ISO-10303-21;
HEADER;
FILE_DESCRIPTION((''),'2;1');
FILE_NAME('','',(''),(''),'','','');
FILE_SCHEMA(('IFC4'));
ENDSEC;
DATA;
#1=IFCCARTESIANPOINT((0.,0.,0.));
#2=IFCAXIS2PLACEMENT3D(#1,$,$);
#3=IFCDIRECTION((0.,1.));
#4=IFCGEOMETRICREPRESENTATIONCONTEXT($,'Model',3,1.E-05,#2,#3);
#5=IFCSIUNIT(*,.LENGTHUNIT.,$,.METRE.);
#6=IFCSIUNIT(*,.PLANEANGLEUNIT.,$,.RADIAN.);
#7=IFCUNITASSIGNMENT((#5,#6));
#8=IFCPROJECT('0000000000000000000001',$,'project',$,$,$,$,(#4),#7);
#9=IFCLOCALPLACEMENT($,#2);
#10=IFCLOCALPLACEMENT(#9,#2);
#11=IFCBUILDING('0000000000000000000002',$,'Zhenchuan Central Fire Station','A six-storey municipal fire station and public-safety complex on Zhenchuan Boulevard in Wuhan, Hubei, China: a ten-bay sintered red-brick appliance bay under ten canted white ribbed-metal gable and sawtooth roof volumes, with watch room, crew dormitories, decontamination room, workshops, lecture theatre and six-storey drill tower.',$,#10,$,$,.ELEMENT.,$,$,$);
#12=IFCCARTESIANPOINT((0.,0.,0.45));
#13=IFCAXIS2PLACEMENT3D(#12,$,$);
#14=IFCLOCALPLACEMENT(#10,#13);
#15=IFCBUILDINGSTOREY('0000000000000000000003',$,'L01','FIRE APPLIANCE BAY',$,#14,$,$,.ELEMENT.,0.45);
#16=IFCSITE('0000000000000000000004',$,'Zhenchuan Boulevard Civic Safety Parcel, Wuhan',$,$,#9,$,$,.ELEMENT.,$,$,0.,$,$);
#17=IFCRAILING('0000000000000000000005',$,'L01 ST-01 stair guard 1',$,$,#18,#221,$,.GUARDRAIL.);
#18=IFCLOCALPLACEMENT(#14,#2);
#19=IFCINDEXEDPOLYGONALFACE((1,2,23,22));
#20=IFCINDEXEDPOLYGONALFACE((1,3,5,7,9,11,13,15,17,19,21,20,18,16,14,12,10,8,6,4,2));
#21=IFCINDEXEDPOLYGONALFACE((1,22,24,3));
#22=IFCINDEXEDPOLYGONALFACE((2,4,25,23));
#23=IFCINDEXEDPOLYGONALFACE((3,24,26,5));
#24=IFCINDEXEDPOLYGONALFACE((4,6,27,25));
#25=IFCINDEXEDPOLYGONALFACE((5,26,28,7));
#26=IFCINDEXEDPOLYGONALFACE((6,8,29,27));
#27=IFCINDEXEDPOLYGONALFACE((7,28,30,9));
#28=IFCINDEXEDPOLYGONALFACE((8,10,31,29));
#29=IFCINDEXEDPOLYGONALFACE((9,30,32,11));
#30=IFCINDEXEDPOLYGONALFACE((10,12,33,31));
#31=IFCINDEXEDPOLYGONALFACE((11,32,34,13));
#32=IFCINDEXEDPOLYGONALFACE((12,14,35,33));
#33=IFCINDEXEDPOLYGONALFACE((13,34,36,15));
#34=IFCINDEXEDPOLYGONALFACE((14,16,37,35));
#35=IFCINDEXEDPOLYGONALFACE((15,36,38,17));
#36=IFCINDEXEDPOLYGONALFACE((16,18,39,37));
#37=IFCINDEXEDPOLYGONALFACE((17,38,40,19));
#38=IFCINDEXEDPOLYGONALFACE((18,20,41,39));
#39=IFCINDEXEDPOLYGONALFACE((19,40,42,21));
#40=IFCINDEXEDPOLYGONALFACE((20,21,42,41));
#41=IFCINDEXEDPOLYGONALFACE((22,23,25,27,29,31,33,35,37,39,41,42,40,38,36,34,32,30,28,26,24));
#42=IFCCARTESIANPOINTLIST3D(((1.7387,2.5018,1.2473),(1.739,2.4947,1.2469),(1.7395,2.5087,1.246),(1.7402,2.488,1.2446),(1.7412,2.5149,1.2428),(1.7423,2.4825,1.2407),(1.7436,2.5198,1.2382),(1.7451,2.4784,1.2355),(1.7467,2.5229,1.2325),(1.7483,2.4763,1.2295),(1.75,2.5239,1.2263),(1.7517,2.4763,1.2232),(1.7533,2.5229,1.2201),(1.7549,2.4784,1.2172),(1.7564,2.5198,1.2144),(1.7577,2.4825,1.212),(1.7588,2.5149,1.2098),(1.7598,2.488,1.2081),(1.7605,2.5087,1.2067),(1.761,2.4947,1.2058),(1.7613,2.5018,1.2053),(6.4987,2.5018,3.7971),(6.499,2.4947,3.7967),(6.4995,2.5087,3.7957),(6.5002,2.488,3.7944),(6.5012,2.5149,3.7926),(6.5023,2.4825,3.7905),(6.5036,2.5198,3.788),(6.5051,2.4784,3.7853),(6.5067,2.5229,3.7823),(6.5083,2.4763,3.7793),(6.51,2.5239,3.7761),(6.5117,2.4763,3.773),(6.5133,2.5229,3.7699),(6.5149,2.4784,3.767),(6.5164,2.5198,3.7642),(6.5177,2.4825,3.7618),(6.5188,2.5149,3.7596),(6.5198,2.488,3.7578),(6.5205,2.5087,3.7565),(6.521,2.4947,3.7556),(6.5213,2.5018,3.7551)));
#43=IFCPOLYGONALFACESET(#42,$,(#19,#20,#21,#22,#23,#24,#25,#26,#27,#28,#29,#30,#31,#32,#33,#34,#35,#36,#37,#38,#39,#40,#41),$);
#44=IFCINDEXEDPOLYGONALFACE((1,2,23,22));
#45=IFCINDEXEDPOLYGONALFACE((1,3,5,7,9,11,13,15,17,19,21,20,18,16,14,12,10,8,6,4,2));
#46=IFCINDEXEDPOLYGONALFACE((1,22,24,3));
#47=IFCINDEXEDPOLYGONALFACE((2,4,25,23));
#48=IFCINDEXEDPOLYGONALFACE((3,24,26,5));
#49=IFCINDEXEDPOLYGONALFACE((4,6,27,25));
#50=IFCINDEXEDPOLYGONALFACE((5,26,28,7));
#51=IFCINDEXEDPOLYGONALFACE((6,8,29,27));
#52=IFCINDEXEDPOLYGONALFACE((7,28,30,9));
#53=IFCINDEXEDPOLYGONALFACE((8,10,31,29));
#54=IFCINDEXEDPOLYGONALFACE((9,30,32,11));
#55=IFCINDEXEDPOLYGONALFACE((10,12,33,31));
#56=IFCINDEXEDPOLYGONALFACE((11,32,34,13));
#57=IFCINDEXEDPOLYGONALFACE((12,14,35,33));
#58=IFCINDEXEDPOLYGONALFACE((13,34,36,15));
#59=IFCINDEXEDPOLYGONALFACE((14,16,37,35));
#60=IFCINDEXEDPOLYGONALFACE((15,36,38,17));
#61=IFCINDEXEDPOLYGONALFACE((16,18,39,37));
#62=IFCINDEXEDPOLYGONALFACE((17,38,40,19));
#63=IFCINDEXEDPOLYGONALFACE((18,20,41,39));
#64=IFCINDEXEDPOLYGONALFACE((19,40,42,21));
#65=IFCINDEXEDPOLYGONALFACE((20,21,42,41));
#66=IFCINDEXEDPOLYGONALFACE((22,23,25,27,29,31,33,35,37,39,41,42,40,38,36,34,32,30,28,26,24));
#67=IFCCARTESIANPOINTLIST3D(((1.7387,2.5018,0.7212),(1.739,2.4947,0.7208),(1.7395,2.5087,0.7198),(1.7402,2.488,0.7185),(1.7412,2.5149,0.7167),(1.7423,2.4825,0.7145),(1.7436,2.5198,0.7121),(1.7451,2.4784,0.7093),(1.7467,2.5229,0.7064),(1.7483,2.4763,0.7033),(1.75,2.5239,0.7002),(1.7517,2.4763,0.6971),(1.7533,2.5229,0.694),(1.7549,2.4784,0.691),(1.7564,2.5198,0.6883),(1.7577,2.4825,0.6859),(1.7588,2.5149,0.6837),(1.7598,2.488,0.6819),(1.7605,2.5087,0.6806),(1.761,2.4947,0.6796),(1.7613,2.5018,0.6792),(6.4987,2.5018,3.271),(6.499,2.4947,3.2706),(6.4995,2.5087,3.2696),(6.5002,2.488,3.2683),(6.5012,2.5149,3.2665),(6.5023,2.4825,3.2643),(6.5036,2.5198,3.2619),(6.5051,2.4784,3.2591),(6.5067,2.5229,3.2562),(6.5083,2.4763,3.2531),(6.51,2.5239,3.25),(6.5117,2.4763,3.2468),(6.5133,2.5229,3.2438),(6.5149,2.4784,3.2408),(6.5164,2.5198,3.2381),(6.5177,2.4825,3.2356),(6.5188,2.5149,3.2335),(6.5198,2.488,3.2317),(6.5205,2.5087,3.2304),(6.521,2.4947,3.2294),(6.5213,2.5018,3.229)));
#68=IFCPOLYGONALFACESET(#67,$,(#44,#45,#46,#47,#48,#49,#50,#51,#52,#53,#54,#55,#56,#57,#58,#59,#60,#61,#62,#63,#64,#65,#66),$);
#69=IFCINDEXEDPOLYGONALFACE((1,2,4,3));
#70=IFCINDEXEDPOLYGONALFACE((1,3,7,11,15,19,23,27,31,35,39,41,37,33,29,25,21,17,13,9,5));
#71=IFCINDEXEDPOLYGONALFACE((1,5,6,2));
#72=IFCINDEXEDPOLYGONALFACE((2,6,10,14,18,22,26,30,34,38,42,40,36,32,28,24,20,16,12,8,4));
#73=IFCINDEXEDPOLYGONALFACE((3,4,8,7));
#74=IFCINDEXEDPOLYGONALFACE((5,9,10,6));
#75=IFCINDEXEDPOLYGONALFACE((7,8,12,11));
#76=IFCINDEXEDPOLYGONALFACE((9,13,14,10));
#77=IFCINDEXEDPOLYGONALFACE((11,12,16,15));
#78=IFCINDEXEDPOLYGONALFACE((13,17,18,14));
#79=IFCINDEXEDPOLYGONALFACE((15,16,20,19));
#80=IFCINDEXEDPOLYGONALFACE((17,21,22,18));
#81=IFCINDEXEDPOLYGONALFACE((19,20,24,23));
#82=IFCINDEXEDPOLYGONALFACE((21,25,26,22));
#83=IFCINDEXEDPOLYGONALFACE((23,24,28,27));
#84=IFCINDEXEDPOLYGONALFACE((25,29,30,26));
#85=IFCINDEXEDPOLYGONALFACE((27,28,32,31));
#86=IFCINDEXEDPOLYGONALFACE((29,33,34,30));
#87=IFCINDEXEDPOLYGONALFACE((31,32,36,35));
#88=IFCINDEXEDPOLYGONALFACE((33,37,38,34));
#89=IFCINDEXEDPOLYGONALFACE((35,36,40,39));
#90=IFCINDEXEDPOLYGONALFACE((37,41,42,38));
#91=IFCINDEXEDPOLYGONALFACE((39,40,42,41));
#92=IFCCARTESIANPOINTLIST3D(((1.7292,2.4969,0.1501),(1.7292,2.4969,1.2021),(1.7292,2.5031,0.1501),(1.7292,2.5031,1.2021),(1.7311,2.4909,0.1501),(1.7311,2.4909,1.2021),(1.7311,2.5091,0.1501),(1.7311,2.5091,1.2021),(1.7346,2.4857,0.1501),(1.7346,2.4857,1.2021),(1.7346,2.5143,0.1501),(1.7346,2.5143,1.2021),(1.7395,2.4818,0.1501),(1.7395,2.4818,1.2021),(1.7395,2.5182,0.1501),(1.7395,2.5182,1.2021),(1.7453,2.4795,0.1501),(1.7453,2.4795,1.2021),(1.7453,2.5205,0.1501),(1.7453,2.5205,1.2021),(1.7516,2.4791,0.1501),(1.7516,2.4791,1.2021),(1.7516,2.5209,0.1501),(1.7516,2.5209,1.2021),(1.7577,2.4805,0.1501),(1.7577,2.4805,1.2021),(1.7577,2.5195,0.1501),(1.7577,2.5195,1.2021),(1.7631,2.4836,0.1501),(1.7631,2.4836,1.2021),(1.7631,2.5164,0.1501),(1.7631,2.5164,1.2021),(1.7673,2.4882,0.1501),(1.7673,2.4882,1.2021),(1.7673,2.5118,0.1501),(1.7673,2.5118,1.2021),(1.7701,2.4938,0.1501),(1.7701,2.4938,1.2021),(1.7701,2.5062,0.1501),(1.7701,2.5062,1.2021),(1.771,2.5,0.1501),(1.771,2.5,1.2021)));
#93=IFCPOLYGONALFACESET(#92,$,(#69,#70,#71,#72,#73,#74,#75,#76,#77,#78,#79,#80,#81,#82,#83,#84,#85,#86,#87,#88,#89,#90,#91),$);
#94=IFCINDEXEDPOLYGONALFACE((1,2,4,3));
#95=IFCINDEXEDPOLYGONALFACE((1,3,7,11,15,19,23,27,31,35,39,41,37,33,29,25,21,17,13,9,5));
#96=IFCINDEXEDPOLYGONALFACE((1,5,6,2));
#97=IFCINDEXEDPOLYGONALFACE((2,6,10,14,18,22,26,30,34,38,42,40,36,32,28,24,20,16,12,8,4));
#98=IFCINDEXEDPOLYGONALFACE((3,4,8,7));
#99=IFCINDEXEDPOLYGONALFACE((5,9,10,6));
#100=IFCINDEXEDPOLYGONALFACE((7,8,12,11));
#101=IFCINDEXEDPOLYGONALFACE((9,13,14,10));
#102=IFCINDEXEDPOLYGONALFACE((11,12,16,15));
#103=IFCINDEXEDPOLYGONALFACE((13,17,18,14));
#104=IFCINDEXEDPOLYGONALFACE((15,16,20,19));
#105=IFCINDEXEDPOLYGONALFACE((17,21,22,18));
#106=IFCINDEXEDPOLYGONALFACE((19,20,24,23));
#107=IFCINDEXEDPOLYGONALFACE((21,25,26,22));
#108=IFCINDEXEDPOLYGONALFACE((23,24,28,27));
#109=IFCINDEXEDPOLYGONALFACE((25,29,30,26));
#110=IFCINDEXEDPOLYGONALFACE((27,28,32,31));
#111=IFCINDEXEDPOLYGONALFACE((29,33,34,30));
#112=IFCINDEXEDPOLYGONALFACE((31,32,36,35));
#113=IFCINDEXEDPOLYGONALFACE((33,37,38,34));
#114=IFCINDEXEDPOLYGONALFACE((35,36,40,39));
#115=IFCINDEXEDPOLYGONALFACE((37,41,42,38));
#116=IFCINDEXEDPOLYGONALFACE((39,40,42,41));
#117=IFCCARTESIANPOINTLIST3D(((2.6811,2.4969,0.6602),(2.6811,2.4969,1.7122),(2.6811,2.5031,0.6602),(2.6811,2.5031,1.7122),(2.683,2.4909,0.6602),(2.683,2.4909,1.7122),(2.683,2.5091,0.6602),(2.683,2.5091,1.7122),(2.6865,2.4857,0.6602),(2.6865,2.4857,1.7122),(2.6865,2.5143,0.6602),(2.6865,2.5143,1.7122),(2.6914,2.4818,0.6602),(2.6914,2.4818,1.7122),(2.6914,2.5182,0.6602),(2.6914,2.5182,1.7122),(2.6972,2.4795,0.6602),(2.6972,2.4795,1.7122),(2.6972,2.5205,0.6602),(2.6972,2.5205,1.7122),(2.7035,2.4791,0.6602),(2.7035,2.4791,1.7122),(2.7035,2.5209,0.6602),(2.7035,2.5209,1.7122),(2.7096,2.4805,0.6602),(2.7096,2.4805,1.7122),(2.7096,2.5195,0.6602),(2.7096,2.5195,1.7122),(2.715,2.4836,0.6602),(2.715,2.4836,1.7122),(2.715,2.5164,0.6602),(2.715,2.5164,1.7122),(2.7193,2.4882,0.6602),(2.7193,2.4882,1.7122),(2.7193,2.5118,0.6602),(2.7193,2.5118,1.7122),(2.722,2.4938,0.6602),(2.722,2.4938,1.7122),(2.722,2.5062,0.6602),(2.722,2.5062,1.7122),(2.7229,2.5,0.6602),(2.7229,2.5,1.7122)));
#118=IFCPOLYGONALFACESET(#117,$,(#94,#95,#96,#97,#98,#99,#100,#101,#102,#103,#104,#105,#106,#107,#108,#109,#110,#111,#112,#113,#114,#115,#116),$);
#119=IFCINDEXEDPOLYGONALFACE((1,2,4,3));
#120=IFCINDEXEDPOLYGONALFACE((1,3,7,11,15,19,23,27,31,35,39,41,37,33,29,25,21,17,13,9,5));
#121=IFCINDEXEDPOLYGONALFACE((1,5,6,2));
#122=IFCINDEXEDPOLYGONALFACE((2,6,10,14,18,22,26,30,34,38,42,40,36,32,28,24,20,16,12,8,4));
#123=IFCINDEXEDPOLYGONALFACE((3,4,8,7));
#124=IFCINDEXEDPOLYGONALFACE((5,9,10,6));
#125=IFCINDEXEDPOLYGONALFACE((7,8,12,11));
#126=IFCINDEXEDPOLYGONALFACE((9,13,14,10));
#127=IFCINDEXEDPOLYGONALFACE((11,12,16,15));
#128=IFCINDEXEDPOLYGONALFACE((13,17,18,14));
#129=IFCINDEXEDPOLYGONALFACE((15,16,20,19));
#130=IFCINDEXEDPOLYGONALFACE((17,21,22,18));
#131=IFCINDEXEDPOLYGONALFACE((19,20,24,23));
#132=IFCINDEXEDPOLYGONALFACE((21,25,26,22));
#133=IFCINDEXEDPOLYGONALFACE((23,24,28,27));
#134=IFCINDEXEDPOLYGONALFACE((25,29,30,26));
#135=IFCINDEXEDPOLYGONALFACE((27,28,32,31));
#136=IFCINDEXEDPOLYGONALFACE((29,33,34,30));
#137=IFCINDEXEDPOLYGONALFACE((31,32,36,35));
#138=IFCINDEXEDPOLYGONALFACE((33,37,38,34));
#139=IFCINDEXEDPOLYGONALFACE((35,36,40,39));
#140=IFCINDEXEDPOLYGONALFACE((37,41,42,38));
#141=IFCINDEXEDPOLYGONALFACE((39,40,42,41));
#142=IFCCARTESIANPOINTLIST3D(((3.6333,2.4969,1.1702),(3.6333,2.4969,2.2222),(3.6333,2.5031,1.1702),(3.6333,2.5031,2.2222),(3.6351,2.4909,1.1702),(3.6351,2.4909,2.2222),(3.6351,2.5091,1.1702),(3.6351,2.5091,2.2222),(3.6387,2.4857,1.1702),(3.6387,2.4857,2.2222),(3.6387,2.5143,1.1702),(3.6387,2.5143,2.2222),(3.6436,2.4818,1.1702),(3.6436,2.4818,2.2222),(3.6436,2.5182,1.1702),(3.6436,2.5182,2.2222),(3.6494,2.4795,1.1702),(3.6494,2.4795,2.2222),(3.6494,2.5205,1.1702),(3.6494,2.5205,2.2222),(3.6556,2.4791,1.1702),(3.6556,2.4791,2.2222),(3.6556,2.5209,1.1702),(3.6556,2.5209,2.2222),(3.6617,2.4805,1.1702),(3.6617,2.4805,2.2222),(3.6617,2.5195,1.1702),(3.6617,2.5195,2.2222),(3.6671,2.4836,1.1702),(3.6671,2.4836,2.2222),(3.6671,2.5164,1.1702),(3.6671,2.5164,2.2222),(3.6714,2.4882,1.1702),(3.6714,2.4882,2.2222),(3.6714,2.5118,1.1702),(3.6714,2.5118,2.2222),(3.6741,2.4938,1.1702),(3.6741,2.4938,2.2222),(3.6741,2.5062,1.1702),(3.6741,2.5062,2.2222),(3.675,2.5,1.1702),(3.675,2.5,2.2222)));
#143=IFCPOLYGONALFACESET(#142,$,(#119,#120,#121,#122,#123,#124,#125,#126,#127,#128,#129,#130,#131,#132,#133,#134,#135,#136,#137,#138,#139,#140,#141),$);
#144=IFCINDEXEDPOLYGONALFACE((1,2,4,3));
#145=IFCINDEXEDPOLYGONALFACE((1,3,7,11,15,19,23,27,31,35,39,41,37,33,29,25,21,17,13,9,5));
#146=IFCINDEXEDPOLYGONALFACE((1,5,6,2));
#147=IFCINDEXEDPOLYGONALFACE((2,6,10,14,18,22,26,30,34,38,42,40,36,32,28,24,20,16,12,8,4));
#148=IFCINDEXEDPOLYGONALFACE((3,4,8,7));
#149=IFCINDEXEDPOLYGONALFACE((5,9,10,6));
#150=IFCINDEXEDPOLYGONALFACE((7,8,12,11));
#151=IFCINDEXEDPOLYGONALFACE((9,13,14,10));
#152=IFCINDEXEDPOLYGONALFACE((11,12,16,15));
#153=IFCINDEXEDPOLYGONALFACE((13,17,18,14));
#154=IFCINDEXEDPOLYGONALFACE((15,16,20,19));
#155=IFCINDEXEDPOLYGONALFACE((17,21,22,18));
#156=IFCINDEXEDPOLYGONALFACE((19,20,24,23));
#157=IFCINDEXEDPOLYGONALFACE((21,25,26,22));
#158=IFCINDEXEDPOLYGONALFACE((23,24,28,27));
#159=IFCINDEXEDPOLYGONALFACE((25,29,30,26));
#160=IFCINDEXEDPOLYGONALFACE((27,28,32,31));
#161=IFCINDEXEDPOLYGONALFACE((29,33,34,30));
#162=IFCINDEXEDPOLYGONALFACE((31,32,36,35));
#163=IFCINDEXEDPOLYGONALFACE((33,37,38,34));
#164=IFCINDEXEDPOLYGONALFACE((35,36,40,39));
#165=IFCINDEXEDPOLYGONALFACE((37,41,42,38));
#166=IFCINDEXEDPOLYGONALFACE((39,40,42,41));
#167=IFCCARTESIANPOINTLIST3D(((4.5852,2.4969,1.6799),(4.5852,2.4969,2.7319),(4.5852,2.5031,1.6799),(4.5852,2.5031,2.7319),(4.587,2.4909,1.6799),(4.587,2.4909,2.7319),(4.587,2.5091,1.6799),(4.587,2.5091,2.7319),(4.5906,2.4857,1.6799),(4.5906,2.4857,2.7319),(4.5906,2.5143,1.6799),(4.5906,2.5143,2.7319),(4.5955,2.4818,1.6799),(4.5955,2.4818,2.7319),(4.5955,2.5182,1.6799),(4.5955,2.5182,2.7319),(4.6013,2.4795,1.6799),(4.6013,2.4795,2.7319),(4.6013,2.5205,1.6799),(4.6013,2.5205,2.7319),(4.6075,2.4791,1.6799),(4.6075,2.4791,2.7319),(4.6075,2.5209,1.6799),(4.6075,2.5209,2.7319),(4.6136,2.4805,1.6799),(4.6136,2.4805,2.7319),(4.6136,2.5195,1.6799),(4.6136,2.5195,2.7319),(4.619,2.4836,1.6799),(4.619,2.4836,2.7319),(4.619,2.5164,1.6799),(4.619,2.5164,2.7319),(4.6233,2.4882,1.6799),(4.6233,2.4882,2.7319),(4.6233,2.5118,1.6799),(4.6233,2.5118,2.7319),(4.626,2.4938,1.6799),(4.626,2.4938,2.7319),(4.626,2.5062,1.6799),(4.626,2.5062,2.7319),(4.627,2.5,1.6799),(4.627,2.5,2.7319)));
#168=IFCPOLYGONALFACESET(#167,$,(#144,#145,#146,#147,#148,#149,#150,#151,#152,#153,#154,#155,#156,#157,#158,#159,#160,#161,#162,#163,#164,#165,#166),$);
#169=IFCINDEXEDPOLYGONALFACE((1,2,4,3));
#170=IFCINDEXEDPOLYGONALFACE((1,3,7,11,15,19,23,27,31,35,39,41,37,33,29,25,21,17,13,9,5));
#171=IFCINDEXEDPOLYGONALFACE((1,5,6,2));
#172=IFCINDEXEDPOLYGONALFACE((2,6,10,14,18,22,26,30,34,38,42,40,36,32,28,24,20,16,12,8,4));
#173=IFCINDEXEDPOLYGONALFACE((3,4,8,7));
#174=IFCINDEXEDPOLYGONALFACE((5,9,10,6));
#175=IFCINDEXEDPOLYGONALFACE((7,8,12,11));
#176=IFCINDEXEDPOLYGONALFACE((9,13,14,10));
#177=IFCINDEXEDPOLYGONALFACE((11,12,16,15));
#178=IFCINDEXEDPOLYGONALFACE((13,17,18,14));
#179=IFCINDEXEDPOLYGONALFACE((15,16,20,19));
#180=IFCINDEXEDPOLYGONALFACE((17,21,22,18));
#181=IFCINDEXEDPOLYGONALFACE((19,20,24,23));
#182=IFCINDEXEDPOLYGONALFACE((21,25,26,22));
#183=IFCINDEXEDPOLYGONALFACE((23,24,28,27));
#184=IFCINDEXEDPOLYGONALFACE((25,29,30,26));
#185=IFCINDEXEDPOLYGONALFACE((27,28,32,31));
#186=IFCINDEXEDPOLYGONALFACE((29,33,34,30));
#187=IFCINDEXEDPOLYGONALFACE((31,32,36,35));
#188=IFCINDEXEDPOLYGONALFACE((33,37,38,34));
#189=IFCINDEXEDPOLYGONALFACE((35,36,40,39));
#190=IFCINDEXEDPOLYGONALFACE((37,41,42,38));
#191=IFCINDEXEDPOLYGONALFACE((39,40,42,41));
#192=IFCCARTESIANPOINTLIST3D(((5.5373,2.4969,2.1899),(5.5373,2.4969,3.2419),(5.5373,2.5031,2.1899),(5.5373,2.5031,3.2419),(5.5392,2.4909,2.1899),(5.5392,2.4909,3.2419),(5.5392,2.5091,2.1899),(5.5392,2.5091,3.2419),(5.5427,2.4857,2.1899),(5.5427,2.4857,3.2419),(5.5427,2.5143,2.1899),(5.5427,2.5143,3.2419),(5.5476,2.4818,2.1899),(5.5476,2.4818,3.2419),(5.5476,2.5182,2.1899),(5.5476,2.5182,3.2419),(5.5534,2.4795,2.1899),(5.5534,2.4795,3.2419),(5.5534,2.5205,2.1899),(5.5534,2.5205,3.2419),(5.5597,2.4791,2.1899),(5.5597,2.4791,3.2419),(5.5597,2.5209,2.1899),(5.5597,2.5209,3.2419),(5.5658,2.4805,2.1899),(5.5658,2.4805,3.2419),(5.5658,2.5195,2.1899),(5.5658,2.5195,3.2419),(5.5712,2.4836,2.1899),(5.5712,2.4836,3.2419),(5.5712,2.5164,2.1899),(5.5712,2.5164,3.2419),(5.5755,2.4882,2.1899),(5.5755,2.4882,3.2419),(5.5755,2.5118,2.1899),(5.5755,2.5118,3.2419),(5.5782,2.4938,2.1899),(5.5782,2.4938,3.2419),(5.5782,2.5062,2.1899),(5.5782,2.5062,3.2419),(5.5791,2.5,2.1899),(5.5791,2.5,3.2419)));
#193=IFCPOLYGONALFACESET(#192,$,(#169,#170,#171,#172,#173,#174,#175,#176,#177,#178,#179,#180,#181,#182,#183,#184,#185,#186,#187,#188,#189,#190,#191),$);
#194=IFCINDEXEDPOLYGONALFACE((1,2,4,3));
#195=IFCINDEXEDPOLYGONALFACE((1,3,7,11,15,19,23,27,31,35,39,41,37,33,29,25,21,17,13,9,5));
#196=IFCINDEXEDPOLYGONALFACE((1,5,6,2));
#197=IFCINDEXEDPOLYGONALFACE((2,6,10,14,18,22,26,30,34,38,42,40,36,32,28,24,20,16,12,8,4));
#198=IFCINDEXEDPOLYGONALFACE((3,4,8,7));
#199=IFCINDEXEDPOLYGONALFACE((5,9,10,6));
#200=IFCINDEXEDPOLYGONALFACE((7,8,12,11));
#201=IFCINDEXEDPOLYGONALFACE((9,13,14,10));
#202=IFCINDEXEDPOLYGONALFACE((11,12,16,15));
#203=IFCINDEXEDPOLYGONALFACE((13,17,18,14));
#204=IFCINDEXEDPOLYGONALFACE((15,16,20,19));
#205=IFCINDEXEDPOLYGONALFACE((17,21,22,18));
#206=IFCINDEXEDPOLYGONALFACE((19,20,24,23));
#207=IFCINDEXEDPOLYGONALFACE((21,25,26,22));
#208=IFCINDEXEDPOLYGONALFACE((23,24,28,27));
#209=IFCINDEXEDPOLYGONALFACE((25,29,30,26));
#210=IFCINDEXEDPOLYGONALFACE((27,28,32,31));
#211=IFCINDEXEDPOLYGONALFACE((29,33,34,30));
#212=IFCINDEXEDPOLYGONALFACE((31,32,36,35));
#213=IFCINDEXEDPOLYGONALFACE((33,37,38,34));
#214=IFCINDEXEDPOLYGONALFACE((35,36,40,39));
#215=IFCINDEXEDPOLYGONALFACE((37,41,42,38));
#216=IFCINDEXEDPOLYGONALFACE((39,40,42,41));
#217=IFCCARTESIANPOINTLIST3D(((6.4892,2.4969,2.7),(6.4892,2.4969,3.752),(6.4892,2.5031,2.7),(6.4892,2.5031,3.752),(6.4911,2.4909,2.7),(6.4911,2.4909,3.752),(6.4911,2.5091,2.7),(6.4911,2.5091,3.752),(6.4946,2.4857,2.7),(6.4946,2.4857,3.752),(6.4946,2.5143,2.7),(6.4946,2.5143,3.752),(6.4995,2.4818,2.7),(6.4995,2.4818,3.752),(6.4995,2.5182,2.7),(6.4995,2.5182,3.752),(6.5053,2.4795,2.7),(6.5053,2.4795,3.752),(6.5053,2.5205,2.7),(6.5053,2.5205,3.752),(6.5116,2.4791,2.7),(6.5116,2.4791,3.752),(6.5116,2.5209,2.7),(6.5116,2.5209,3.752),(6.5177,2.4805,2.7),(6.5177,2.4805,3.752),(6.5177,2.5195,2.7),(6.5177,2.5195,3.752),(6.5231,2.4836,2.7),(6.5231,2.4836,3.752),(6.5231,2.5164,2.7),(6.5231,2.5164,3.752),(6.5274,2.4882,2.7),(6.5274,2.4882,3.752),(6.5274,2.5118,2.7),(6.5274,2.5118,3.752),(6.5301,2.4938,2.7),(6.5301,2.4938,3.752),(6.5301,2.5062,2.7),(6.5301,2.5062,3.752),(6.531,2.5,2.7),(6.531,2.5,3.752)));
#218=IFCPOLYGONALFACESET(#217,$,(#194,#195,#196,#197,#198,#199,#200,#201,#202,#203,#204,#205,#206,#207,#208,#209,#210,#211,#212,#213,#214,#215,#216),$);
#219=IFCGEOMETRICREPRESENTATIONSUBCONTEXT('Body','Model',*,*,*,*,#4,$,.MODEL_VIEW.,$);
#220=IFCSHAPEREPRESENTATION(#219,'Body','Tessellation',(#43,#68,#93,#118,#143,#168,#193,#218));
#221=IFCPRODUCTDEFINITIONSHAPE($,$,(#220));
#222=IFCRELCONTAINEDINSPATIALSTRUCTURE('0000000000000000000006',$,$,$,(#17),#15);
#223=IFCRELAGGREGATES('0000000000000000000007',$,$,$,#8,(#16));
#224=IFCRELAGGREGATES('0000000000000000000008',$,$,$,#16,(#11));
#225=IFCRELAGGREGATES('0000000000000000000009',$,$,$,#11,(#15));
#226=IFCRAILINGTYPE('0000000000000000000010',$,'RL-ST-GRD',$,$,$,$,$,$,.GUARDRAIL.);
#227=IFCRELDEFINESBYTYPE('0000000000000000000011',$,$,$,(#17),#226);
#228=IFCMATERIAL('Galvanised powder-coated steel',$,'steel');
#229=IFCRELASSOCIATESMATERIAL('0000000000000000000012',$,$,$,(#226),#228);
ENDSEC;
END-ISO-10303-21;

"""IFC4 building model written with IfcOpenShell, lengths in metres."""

from ifc_helpers import new_model, si_unit, direction, frame, origin, origin_2d, place, context, subcontext, project, spatial, circle, extrude, material, type_object, element, save


model = new_model("IFC4")

# Units and contexts
model_context = context("Model", 3, precision=1e-05, world=origin(), true_north=direction((0.0, 1.0)))
body_context = subcontext(model_context, "Body", "Model", "MODEL_VIEW")
ifc_project = project(units=[si_unit("LENGTHUNIT", "METRE"), si_unit("PLANEANGLEUNIT", "RADIAN")], contexts=[model_context])

# Site, building, storey
site_placement = place(None, origin())
site = spatial("IfcSite", under=ifc_project, at=site_placement, Name="Zhenchuan Boulevard Civic Safety Parcel, Wuhan", CompositionType="ELEMENT", RefElevation=0.0)
building_placement = place(site_placement, origin())
building = spatial("IfcBuilding", under=site, at=building_placement, Name="Zhenchuan Central Fire Station", Description="A six-storey municipal fire station and public-safety complex on Zhenchuan Boulevard in Wuhan, Hubei, China: a ten-bay sintered red-brick appliance bay under ten canted white ribbed-metal gable and sawtooth roof volumes, with watch room, crew dormitories, decontamination room, workshops, lecture theatre and six-storey drill tower.", CompositionType="ELEMENT")
storey_placement = place(building_placement, frame((0.0, 0.0, 0.45)))
storey = spatial("IfcBuildingStorey", under=building, at=storey_placement, Name="L01", Description="FIRE APPLIANCE BAY", CompositionType="ELEMENT", Elevation=0.45)

# Railing
ifc_material_1 = material(Name="Galvanised powder-coated steel", Category="steel")
railing_type_1 = type_object("IfcRailingType", Name="RL-ST-GRD", PredefinedType="GUARDRAIL", material=ifc_material_1)
railing_1_placement = place(storey_placement, frame((1.75, 2.5, 0.1501)))
element("IfcRailing", 1, at=railing_1_placement, inside=storey, type_object=railing_type_1, Name="L01 ST-01 stair guard 1", PredefinedType="GUARDRAIL", context=body_context, shape_type="SweptSolid", body=[
    extrude(circle(Radius=0.0239, at=origin_2d()), frame((0.0, 0.0, 1.0762), z_axis=(0.881495, 0.0, 0.472193), x_axis=(0.0, 1.0, 0.0)), (0.0, 0.0, 1.0), 5.3999),
    extrude(circle(Radius=0.0239, at=origin_2d()), frame((0.0, 0.0, 0.55), z_axis=(0.881495, 0.0, 0.472193), x_axis=(0.0, 1.0, 0.0)), (0.0, 0.0, 1.0), 5.3999),
    extrude(circle(Radius=0.021, at=origin_2d()), origin(), (0.0, 0.0, 1.0), 1.052),
    extrude(circle(Radius=0.021, at=origin_2d()), frame((0.9519, 0.0, 0.51)), (0.0, 0.0, 1.0), 1.052),
    extrude(circle(Radius=0.021, at=origin_2d()), frame((1.9041, 0.0, 1.02)), (0.0, 0.0, 1.0), 1.052),
    extrude(circle(Radius=0.021, at=origin_2d()), frame((2.856, 0.0, 1.5298)), (0.0, 0.0, 1.0), 1.052),
    extrude(circle(Radius=0.021, at=origin_2d()), frame((3.8081, 0.0, 2.0398)), (0.0, 0.0, 1.0), 1.052),
    extrude(circle(Radius=0.021, at=origin_2d()), frame((4.76, 0.0, 2.5498)), (0.0, 0.0, 1.0), 1.052),
])

save(model, "model.ifc")
